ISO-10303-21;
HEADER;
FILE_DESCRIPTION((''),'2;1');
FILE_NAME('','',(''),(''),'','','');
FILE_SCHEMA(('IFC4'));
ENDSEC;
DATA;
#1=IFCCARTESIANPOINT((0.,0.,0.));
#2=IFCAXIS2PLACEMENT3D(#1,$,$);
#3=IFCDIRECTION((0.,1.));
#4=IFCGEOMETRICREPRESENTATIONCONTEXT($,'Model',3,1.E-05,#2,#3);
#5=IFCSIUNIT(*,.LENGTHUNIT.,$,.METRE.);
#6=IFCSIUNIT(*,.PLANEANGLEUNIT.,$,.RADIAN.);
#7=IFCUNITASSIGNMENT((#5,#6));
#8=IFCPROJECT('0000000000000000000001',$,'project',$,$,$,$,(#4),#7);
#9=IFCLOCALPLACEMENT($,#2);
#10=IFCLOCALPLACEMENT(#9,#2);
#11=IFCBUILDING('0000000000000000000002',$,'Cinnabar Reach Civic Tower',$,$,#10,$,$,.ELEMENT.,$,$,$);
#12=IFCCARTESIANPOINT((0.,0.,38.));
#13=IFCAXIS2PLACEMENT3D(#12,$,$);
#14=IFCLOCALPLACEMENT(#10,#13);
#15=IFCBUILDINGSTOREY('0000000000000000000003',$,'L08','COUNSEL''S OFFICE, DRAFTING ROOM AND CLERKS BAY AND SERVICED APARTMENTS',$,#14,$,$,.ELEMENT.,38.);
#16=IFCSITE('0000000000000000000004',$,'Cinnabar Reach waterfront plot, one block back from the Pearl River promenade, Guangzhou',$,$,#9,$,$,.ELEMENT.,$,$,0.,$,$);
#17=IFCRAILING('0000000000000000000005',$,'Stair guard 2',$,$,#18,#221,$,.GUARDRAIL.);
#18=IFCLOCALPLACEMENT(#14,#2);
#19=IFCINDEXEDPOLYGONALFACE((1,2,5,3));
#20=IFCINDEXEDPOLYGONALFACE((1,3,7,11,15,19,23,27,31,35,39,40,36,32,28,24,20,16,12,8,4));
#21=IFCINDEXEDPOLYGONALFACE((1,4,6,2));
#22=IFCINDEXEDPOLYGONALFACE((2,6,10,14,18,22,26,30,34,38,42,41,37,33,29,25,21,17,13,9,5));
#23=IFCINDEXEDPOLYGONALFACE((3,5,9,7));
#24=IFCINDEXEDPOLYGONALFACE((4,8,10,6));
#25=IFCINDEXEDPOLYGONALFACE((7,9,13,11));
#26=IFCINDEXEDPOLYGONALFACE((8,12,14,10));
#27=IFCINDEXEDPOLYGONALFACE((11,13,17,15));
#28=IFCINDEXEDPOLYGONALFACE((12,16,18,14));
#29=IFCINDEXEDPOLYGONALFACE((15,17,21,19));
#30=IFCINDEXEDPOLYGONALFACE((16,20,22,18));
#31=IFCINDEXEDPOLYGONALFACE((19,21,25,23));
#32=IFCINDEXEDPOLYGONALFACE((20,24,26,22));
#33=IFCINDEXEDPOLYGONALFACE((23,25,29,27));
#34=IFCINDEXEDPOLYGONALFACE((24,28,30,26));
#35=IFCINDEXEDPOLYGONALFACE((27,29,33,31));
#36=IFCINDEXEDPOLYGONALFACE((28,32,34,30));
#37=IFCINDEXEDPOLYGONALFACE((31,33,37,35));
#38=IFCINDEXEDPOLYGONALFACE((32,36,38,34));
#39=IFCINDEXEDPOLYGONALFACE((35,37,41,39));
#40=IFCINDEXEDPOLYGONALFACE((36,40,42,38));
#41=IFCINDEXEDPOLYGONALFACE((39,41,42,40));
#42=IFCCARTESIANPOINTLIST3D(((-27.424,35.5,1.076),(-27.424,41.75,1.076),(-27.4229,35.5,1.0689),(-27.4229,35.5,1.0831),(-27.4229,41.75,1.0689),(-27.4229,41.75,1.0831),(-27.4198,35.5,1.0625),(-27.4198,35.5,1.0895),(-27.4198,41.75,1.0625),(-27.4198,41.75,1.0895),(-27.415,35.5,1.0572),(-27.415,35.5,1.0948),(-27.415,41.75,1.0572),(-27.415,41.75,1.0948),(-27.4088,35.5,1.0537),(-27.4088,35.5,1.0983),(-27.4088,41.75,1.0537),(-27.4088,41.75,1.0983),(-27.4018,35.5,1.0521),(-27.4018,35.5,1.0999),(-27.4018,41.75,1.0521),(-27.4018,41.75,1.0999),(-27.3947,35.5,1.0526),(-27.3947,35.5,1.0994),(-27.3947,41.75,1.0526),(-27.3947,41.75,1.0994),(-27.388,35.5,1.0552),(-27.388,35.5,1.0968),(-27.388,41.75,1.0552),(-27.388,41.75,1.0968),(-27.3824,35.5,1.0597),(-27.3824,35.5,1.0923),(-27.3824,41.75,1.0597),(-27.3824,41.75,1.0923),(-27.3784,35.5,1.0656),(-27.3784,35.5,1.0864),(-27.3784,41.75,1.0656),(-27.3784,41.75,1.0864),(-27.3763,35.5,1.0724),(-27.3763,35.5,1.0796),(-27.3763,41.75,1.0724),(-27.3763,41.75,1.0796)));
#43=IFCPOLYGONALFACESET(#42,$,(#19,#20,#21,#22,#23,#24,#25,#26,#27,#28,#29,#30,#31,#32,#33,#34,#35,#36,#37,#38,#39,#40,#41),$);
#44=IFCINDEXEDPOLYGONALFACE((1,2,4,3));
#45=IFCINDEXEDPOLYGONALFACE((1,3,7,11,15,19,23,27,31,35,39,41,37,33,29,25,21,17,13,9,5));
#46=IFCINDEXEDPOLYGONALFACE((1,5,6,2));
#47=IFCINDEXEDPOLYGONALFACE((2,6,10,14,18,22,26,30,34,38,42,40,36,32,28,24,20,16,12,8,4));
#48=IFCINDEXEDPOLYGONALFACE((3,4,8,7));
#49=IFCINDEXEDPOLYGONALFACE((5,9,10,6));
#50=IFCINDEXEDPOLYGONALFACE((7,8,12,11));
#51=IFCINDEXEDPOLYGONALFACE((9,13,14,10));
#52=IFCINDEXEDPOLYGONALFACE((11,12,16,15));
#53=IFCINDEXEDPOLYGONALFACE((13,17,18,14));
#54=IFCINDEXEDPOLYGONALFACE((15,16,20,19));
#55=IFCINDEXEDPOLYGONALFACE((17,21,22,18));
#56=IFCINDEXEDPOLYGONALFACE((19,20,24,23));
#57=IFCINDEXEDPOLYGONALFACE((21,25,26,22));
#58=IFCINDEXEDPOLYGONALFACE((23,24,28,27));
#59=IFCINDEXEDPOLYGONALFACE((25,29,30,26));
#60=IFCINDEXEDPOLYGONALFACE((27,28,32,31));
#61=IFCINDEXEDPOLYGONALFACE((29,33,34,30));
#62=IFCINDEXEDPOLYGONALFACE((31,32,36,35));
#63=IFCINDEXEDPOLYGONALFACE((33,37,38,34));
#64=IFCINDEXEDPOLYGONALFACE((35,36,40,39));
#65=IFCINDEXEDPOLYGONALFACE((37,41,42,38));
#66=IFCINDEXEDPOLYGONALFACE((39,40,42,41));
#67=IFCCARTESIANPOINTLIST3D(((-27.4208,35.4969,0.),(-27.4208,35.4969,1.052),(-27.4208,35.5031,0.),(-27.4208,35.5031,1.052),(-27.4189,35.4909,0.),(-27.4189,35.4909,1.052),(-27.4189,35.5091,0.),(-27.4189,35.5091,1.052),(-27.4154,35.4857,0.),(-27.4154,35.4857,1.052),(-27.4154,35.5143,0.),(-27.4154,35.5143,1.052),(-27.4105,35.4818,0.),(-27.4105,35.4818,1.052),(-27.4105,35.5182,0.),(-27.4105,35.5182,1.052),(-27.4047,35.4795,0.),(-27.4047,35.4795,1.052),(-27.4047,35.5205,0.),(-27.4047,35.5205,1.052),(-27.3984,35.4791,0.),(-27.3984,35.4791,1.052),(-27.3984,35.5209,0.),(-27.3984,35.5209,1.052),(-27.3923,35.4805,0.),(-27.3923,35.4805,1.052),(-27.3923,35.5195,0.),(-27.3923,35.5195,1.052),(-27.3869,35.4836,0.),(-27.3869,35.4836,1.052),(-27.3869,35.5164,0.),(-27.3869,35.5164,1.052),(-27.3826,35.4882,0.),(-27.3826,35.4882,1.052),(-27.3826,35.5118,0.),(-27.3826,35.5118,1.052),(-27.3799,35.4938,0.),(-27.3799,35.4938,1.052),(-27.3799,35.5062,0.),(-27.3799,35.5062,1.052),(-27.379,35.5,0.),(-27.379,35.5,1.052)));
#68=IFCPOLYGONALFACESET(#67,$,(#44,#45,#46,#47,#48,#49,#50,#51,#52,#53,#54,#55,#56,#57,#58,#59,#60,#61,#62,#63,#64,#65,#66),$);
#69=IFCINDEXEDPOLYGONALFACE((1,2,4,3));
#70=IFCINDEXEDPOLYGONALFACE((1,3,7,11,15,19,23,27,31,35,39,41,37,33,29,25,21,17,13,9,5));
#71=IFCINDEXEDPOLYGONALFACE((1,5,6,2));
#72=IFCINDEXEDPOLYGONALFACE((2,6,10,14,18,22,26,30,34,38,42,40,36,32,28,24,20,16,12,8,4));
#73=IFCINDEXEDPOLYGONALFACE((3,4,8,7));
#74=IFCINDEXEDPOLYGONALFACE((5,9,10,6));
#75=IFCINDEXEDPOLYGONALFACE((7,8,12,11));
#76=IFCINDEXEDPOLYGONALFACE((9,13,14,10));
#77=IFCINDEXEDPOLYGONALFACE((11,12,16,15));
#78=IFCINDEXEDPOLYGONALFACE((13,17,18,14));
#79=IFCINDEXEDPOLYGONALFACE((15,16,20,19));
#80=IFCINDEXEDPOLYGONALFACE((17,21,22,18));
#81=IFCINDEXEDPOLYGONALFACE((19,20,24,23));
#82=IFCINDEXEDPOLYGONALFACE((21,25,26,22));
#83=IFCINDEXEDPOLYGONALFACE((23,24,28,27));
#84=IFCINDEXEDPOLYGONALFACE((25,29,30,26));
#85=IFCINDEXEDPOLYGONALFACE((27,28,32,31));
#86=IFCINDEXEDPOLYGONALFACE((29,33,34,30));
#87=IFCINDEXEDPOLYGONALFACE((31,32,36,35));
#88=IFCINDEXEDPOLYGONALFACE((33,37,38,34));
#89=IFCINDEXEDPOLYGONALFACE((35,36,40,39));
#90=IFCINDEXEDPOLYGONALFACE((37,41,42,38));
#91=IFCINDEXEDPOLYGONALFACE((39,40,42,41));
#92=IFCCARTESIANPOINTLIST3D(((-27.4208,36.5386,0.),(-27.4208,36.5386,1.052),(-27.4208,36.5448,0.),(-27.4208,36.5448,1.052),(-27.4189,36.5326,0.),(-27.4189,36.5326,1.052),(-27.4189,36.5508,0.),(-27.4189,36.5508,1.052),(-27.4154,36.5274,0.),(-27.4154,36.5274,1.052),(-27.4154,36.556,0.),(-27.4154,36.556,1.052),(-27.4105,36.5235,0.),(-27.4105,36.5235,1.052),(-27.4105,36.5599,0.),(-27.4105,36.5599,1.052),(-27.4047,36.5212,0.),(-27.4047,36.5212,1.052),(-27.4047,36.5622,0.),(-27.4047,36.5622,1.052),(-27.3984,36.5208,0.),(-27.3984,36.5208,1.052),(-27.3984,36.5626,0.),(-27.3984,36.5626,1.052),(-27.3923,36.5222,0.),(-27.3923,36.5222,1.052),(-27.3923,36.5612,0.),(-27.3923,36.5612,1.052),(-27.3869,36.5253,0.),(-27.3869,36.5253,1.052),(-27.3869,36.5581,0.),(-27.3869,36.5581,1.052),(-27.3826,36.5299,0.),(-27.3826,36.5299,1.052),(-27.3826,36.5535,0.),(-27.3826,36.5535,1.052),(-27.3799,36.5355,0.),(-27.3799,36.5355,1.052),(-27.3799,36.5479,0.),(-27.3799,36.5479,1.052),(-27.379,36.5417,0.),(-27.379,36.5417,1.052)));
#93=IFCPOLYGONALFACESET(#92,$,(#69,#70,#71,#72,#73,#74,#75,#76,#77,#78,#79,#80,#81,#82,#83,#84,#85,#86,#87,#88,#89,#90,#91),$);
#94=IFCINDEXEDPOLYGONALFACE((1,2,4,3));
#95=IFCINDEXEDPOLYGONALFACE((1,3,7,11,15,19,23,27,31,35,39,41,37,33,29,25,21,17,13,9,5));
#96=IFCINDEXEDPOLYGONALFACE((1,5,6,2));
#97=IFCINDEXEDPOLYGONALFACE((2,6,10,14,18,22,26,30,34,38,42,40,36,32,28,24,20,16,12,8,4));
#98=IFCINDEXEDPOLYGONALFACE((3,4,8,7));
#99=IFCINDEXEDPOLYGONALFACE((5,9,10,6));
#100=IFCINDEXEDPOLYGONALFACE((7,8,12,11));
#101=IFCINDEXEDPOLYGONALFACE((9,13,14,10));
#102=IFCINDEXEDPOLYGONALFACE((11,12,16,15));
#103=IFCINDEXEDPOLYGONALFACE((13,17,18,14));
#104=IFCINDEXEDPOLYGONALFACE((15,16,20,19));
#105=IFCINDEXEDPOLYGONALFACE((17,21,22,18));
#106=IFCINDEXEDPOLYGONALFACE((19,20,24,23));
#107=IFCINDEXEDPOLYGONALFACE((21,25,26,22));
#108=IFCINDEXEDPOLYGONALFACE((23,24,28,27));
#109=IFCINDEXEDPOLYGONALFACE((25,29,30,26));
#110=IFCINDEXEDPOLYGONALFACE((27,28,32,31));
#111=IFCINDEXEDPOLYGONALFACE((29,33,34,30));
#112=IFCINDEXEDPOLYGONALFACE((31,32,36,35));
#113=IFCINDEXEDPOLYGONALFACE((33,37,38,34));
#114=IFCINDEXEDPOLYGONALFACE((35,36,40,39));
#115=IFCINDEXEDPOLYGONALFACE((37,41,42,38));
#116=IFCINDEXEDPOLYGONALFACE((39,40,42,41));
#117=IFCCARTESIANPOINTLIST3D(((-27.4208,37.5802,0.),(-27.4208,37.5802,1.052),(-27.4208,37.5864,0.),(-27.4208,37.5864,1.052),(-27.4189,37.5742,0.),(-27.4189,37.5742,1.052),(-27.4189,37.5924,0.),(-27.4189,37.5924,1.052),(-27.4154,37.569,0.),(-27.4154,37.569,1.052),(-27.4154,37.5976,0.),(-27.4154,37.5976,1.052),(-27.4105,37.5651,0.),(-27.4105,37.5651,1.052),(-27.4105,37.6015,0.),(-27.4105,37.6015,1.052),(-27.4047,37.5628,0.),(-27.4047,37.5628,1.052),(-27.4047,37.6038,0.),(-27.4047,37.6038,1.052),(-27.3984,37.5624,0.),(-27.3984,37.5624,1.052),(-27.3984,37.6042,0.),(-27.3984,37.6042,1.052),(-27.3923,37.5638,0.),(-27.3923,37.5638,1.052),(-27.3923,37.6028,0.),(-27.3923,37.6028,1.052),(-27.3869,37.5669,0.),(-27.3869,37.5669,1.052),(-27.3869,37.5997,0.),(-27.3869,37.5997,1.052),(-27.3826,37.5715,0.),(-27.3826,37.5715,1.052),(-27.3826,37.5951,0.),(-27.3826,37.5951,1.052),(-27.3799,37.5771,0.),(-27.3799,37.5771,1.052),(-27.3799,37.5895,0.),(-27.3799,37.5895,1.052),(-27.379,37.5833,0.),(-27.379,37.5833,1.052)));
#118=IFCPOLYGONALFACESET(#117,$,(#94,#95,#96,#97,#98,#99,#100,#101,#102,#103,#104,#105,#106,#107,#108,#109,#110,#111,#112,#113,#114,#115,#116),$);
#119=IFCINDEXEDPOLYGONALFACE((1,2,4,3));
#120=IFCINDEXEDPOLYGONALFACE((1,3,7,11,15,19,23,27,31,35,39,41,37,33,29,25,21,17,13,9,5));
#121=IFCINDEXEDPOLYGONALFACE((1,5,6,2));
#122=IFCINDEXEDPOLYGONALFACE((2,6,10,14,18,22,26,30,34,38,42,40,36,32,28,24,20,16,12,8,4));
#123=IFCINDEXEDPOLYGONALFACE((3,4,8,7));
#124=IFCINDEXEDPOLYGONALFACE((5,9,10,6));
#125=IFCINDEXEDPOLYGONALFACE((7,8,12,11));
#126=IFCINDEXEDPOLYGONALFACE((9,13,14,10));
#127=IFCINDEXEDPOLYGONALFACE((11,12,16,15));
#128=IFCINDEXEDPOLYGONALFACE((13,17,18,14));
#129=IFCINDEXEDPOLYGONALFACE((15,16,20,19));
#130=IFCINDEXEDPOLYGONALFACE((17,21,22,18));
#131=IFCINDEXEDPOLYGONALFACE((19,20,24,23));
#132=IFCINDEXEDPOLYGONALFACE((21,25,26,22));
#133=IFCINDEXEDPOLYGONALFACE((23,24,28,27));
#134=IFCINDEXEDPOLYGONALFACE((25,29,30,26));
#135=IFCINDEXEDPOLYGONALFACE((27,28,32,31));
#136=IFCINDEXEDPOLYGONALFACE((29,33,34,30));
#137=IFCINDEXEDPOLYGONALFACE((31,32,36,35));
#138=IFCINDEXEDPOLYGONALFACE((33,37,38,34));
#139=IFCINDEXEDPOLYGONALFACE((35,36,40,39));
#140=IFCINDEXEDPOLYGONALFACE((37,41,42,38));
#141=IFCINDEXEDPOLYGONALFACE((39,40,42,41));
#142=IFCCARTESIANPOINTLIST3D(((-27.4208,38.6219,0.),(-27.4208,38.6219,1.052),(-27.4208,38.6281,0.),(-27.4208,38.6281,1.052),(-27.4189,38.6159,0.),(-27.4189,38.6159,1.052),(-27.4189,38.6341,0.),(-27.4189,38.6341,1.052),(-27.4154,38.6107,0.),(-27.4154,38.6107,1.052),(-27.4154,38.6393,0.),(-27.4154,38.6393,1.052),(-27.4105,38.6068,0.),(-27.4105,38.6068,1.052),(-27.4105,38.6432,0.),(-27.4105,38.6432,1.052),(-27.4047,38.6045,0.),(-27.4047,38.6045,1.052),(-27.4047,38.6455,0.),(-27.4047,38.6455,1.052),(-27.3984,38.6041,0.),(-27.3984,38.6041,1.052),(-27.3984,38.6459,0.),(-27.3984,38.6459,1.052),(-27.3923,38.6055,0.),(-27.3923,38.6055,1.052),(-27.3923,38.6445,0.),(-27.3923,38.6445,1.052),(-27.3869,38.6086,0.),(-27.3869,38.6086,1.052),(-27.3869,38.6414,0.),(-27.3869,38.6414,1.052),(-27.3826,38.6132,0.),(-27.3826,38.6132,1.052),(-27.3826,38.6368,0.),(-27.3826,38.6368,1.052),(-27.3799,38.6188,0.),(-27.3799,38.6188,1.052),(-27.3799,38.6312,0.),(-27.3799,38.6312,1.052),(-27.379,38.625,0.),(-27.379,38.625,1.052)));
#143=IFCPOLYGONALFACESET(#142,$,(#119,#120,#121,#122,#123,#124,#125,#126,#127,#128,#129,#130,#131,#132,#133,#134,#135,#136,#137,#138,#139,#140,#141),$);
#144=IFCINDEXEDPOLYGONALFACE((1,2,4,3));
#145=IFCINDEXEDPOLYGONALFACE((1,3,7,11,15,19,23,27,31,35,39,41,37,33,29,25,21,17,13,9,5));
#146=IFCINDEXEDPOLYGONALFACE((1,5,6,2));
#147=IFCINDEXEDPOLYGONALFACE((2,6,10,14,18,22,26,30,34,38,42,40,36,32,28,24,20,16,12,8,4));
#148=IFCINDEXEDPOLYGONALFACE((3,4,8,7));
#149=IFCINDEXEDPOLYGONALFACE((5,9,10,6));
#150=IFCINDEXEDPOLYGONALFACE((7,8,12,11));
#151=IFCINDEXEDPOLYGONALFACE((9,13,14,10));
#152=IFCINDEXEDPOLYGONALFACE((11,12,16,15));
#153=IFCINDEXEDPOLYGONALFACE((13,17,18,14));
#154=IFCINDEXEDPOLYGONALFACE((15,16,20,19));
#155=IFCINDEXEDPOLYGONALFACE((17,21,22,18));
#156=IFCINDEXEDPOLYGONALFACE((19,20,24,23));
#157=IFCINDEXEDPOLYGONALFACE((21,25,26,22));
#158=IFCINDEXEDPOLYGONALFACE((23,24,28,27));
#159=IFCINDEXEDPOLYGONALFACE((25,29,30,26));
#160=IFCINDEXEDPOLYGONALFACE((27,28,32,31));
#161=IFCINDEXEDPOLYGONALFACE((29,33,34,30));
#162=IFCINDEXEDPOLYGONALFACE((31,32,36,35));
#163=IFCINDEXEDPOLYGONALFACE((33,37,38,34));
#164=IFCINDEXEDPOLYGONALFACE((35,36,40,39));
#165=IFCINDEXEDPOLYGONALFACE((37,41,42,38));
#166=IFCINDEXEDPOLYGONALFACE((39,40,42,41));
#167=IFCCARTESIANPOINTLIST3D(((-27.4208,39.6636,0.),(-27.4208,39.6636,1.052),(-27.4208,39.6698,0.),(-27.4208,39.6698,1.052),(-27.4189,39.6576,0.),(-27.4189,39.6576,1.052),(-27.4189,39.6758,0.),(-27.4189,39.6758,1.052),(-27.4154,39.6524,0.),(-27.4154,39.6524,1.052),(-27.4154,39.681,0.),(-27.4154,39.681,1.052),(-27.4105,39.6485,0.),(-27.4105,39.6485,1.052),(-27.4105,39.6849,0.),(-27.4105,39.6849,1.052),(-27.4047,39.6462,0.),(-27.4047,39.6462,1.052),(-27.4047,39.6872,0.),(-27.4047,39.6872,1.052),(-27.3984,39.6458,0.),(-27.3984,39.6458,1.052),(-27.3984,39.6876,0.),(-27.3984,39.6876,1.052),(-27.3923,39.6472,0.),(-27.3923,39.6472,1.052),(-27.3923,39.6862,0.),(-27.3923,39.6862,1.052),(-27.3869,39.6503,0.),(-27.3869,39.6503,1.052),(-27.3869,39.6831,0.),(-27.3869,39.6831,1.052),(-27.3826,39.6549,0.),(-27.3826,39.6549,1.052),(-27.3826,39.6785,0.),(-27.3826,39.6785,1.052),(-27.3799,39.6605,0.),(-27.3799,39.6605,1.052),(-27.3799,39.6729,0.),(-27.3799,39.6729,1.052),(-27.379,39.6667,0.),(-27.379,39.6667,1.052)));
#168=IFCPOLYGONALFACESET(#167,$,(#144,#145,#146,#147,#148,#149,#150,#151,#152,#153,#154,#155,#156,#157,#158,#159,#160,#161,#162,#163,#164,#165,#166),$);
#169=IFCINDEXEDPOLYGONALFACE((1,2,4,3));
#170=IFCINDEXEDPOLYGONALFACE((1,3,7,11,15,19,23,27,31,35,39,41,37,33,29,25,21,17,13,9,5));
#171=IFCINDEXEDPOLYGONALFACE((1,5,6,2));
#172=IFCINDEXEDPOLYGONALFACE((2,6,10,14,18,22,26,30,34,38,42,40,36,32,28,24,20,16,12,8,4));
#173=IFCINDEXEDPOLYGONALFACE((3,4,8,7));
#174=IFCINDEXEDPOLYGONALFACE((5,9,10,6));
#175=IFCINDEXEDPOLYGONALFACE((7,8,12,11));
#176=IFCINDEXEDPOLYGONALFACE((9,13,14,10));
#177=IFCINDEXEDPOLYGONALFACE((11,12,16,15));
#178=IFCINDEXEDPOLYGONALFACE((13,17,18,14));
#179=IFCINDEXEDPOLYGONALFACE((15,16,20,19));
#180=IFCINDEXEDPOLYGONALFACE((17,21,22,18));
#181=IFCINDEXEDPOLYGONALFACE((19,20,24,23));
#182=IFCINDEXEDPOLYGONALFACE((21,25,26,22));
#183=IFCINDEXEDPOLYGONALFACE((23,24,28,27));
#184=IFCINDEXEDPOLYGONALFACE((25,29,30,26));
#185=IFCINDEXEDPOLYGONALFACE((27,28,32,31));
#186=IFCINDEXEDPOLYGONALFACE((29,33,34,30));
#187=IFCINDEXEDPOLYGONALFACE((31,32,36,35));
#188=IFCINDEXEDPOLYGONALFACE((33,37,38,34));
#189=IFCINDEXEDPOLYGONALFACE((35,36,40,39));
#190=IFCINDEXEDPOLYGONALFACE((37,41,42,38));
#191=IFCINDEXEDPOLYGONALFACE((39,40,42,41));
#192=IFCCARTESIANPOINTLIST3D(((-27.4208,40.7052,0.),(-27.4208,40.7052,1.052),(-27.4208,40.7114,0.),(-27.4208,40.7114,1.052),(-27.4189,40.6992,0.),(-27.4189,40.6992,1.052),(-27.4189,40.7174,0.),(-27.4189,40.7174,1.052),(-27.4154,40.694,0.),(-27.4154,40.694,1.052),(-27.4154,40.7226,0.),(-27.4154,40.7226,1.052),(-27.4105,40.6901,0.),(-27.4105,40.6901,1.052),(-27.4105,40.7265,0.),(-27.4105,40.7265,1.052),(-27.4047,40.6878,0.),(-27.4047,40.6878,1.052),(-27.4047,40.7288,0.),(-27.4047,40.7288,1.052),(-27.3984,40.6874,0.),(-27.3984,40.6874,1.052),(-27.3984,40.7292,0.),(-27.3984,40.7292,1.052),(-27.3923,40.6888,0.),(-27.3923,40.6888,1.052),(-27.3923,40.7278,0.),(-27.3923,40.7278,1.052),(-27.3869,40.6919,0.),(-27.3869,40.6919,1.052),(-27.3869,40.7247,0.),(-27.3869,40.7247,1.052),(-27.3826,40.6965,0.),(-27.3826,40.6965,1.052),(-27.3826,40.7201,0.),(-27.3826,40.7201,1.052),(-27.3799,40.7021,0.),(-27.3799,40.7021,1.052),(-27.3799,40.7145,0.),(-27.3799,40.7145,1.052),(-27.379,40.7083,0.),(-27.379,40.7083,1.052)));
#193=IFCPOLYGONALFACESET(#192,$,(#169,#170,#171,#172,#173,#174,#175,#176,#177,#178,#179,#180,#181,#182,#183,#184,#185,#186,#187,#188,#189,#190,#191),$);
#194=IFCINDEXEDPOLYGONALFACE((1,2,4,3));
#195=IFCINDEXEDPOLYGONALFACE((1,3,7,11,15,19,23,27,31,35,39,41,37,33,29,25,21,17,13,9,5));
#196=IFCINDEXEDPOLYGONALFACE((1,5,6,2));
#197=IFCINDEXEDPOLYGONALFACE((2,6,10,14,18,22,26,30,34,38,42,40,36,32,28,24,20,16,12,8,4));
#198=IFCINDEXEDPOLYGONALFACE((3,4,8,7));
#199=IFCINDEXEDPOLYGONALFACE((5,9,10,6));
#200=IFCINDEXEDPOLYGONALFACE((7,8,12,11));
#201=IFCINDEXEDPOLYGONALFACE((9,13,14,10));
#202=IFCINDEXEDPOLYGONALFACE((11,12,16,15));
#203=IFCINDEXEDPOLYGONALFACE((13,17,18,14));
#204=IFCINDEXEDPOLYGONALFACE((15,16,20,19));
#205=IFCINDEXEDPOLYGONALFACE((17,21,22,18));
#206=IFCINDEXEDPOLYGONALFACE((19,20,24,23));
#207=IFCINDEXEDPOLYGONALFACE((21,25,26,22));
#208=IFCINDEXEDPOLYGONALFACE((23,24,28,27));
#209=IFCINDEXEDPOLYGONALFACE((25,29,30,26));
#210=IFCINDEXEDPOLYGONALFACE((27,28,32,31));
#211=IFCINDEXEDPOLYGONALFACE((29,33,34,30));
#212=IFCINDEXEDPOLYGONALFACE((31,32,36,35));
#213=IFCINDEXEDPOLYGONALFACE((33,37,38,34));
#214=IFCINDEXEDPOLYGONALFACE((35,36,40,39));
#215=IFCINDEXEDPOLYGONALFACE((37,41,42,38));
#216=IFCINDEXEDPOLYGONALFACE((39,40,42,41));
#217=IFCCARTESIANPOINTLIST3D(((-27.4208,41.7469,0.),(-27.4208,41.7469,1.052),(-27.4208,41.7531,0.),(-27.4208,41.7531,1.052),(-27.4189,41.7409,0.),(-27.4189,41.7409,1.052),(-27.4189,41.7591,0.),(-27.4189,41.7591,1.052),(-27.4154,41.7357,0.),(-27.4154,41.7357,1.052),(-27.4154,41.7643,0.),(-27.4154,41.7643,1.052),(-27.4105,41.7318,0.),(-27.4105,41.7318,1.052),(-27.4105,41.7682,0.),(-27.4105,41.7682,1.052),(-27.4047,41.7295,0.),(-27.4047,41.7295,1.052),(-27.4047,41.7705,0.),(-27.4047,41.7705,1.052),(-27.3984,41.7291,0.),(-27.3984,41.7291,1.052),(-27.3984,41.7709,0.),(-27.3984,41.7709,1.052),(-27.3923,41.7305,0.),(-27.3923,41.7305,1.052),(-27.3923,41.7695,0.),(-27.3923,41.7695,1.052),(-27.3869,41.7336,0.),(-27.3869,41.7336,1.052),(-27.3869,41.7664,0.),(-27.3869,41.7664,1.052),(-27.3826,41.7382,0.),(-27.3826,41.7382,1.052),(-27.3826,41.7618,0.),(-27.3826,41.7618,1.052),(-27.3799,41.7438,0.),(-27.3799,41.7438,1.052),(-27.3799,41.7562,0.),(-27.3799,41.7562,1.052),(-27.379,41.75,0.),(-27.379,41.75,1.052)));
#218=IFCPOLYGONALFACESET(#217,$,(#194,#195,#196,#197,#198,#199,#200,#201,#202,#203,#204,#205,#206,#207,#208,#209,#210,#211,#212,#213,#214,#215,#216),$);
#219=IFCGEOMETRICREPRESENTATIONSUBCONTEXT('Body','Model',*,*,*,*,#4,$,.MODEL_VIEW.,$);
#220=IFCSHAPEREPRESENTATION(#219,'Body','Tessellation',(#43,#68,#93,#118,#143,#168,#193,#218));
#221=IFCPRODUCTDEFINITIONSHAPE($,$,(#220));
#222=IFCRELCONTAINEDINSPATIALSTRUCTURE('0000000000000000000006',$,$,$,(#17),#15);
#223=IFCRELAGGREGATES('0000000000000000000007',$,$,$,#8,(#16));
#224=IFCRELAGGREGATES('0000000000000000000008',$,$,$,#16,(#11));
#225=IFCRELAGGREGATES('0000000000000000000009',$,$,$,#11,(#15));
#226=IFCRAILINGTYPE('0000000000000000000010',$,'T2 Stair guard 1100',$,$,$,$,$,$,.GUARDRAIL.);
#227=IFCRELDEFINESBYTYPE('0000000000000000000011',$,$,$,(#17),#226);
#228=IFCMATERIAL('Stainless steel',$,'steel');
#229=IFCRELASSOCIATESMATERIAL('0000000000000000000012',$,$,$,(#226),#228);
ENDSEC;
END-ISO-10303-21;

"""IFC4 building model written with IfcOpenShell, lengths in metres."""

from ifc_helpers import new_model, si_unit, direction, frame, origin, origin_2d, place, context, subcontext, project, spatial, circle, extrude, material, type_object, element, save


model = new_model("IFC4")

# Units and contexts
model_context = context("Model", 3, precision=1e-05, world=origin(), true_north=direction((0.0, 1.0)))
body_context = subcontext(model_context, "Body", "Model", "MODEL_VIEW")
ifc_project = project(units=[si_unit("LENGTHUNIT", "METRE"), si_unit("PLANEANGLEUNIT", "RADIAN")], contexts=[model_context])

# Site, building, storey
site_placement = place(None, origin())
site = spatial("IfcSite", under=ifc_project, at=site_placement, Name="Cinnabar Reach waterfront plot, one block back from the Pearl River promenade, Guangzhou", CompositionType="ELEMENT", RefElevation=0.0)
building_placement = place(site_placement, origin())
building = spatial("IfcBuilding", under=site, at=building_placement, Name="Cinnabar Reach Civic Tower", CompositionType="ELEMENT")
storey_placement = place(building_placement, frame((0.0, 0.0, 38.0)))
storey = spatial("IfcBuildingStorey", under=building, at=storey_placement, Name="L08", Description="COUNSEL'S OFFICE, DRAFTING ROOM AND CLERKS BAY AND SERVICED APARTMENTS", CompositionType="ELEMENT", Elevation=38.0)

# Railing
ifc_material_1 = material(Name="Stainless steel", Category="steel")
railing_type = type_object("IfcRailingType", Name="T2 Stair guard 1100", PredefinedType="GUARDRAIL", material=ifc_material_1)
for number, where, name in (
    (1, (-27.4, 35.5, 0.0), "Stair guard 2"),
):
    element("IfcRailing", number, at=place(storey_placement, frame(where)), inside=storey, type_object=railing_type, Name=name, PredefinedType="GUARDRAIL", context=body_context, shape_type="SweptSolid", body=[
        extrude(circle(Radius=0.024, at=origin_2d()), frame((0.0, 0.0, 1.076), z_axis=(0.0, 1.0, 0.0), x_axis=(-1.0, 0.0, 0.0)), (0.0, 0.0, 1.0), 6.25),
        extrude(circle(Radius=0.021, at=origin_2d()), origin(), (0.0, 0.0, 1.0), 1.052),
        extrude(circle(Radius=0.021, at=origin_2d()), frame((0.0, 1.0417, 0.0)), (0.0, 0.0, 1.0), 1.052),
        extrude(circle(Radius=0.021, at=origin_2d()), frame((0.0, 2.0833, 0.0)), (0.0, 0.0, 1.0), 1.052),
        extrude(circle(Radius=0.021, at=origin_2d()), frame((0.0, 3.125, 0.0)), (0.0, 0.0, 1.0), 1.052),
        extrude(circle(Radius=0.021, at=origin_2d()), frame((0.0, 4.1667, 0.0)), (0.0, 0.0, 1.0), 1.052),
        extrude(circle(Radius=0.021, at=origin_2d()), frame((0.0, 5.2083, 0.0)), (0.0, 0.0, 1.0), 1.052),
        extrude(circle(Radius=0.021, at=origin_2d()), frame((0.0, 6.25, 0.0)), (0.0, 0.0, 1.0), 1.052),
    ])

save(model, "model.ifc")
